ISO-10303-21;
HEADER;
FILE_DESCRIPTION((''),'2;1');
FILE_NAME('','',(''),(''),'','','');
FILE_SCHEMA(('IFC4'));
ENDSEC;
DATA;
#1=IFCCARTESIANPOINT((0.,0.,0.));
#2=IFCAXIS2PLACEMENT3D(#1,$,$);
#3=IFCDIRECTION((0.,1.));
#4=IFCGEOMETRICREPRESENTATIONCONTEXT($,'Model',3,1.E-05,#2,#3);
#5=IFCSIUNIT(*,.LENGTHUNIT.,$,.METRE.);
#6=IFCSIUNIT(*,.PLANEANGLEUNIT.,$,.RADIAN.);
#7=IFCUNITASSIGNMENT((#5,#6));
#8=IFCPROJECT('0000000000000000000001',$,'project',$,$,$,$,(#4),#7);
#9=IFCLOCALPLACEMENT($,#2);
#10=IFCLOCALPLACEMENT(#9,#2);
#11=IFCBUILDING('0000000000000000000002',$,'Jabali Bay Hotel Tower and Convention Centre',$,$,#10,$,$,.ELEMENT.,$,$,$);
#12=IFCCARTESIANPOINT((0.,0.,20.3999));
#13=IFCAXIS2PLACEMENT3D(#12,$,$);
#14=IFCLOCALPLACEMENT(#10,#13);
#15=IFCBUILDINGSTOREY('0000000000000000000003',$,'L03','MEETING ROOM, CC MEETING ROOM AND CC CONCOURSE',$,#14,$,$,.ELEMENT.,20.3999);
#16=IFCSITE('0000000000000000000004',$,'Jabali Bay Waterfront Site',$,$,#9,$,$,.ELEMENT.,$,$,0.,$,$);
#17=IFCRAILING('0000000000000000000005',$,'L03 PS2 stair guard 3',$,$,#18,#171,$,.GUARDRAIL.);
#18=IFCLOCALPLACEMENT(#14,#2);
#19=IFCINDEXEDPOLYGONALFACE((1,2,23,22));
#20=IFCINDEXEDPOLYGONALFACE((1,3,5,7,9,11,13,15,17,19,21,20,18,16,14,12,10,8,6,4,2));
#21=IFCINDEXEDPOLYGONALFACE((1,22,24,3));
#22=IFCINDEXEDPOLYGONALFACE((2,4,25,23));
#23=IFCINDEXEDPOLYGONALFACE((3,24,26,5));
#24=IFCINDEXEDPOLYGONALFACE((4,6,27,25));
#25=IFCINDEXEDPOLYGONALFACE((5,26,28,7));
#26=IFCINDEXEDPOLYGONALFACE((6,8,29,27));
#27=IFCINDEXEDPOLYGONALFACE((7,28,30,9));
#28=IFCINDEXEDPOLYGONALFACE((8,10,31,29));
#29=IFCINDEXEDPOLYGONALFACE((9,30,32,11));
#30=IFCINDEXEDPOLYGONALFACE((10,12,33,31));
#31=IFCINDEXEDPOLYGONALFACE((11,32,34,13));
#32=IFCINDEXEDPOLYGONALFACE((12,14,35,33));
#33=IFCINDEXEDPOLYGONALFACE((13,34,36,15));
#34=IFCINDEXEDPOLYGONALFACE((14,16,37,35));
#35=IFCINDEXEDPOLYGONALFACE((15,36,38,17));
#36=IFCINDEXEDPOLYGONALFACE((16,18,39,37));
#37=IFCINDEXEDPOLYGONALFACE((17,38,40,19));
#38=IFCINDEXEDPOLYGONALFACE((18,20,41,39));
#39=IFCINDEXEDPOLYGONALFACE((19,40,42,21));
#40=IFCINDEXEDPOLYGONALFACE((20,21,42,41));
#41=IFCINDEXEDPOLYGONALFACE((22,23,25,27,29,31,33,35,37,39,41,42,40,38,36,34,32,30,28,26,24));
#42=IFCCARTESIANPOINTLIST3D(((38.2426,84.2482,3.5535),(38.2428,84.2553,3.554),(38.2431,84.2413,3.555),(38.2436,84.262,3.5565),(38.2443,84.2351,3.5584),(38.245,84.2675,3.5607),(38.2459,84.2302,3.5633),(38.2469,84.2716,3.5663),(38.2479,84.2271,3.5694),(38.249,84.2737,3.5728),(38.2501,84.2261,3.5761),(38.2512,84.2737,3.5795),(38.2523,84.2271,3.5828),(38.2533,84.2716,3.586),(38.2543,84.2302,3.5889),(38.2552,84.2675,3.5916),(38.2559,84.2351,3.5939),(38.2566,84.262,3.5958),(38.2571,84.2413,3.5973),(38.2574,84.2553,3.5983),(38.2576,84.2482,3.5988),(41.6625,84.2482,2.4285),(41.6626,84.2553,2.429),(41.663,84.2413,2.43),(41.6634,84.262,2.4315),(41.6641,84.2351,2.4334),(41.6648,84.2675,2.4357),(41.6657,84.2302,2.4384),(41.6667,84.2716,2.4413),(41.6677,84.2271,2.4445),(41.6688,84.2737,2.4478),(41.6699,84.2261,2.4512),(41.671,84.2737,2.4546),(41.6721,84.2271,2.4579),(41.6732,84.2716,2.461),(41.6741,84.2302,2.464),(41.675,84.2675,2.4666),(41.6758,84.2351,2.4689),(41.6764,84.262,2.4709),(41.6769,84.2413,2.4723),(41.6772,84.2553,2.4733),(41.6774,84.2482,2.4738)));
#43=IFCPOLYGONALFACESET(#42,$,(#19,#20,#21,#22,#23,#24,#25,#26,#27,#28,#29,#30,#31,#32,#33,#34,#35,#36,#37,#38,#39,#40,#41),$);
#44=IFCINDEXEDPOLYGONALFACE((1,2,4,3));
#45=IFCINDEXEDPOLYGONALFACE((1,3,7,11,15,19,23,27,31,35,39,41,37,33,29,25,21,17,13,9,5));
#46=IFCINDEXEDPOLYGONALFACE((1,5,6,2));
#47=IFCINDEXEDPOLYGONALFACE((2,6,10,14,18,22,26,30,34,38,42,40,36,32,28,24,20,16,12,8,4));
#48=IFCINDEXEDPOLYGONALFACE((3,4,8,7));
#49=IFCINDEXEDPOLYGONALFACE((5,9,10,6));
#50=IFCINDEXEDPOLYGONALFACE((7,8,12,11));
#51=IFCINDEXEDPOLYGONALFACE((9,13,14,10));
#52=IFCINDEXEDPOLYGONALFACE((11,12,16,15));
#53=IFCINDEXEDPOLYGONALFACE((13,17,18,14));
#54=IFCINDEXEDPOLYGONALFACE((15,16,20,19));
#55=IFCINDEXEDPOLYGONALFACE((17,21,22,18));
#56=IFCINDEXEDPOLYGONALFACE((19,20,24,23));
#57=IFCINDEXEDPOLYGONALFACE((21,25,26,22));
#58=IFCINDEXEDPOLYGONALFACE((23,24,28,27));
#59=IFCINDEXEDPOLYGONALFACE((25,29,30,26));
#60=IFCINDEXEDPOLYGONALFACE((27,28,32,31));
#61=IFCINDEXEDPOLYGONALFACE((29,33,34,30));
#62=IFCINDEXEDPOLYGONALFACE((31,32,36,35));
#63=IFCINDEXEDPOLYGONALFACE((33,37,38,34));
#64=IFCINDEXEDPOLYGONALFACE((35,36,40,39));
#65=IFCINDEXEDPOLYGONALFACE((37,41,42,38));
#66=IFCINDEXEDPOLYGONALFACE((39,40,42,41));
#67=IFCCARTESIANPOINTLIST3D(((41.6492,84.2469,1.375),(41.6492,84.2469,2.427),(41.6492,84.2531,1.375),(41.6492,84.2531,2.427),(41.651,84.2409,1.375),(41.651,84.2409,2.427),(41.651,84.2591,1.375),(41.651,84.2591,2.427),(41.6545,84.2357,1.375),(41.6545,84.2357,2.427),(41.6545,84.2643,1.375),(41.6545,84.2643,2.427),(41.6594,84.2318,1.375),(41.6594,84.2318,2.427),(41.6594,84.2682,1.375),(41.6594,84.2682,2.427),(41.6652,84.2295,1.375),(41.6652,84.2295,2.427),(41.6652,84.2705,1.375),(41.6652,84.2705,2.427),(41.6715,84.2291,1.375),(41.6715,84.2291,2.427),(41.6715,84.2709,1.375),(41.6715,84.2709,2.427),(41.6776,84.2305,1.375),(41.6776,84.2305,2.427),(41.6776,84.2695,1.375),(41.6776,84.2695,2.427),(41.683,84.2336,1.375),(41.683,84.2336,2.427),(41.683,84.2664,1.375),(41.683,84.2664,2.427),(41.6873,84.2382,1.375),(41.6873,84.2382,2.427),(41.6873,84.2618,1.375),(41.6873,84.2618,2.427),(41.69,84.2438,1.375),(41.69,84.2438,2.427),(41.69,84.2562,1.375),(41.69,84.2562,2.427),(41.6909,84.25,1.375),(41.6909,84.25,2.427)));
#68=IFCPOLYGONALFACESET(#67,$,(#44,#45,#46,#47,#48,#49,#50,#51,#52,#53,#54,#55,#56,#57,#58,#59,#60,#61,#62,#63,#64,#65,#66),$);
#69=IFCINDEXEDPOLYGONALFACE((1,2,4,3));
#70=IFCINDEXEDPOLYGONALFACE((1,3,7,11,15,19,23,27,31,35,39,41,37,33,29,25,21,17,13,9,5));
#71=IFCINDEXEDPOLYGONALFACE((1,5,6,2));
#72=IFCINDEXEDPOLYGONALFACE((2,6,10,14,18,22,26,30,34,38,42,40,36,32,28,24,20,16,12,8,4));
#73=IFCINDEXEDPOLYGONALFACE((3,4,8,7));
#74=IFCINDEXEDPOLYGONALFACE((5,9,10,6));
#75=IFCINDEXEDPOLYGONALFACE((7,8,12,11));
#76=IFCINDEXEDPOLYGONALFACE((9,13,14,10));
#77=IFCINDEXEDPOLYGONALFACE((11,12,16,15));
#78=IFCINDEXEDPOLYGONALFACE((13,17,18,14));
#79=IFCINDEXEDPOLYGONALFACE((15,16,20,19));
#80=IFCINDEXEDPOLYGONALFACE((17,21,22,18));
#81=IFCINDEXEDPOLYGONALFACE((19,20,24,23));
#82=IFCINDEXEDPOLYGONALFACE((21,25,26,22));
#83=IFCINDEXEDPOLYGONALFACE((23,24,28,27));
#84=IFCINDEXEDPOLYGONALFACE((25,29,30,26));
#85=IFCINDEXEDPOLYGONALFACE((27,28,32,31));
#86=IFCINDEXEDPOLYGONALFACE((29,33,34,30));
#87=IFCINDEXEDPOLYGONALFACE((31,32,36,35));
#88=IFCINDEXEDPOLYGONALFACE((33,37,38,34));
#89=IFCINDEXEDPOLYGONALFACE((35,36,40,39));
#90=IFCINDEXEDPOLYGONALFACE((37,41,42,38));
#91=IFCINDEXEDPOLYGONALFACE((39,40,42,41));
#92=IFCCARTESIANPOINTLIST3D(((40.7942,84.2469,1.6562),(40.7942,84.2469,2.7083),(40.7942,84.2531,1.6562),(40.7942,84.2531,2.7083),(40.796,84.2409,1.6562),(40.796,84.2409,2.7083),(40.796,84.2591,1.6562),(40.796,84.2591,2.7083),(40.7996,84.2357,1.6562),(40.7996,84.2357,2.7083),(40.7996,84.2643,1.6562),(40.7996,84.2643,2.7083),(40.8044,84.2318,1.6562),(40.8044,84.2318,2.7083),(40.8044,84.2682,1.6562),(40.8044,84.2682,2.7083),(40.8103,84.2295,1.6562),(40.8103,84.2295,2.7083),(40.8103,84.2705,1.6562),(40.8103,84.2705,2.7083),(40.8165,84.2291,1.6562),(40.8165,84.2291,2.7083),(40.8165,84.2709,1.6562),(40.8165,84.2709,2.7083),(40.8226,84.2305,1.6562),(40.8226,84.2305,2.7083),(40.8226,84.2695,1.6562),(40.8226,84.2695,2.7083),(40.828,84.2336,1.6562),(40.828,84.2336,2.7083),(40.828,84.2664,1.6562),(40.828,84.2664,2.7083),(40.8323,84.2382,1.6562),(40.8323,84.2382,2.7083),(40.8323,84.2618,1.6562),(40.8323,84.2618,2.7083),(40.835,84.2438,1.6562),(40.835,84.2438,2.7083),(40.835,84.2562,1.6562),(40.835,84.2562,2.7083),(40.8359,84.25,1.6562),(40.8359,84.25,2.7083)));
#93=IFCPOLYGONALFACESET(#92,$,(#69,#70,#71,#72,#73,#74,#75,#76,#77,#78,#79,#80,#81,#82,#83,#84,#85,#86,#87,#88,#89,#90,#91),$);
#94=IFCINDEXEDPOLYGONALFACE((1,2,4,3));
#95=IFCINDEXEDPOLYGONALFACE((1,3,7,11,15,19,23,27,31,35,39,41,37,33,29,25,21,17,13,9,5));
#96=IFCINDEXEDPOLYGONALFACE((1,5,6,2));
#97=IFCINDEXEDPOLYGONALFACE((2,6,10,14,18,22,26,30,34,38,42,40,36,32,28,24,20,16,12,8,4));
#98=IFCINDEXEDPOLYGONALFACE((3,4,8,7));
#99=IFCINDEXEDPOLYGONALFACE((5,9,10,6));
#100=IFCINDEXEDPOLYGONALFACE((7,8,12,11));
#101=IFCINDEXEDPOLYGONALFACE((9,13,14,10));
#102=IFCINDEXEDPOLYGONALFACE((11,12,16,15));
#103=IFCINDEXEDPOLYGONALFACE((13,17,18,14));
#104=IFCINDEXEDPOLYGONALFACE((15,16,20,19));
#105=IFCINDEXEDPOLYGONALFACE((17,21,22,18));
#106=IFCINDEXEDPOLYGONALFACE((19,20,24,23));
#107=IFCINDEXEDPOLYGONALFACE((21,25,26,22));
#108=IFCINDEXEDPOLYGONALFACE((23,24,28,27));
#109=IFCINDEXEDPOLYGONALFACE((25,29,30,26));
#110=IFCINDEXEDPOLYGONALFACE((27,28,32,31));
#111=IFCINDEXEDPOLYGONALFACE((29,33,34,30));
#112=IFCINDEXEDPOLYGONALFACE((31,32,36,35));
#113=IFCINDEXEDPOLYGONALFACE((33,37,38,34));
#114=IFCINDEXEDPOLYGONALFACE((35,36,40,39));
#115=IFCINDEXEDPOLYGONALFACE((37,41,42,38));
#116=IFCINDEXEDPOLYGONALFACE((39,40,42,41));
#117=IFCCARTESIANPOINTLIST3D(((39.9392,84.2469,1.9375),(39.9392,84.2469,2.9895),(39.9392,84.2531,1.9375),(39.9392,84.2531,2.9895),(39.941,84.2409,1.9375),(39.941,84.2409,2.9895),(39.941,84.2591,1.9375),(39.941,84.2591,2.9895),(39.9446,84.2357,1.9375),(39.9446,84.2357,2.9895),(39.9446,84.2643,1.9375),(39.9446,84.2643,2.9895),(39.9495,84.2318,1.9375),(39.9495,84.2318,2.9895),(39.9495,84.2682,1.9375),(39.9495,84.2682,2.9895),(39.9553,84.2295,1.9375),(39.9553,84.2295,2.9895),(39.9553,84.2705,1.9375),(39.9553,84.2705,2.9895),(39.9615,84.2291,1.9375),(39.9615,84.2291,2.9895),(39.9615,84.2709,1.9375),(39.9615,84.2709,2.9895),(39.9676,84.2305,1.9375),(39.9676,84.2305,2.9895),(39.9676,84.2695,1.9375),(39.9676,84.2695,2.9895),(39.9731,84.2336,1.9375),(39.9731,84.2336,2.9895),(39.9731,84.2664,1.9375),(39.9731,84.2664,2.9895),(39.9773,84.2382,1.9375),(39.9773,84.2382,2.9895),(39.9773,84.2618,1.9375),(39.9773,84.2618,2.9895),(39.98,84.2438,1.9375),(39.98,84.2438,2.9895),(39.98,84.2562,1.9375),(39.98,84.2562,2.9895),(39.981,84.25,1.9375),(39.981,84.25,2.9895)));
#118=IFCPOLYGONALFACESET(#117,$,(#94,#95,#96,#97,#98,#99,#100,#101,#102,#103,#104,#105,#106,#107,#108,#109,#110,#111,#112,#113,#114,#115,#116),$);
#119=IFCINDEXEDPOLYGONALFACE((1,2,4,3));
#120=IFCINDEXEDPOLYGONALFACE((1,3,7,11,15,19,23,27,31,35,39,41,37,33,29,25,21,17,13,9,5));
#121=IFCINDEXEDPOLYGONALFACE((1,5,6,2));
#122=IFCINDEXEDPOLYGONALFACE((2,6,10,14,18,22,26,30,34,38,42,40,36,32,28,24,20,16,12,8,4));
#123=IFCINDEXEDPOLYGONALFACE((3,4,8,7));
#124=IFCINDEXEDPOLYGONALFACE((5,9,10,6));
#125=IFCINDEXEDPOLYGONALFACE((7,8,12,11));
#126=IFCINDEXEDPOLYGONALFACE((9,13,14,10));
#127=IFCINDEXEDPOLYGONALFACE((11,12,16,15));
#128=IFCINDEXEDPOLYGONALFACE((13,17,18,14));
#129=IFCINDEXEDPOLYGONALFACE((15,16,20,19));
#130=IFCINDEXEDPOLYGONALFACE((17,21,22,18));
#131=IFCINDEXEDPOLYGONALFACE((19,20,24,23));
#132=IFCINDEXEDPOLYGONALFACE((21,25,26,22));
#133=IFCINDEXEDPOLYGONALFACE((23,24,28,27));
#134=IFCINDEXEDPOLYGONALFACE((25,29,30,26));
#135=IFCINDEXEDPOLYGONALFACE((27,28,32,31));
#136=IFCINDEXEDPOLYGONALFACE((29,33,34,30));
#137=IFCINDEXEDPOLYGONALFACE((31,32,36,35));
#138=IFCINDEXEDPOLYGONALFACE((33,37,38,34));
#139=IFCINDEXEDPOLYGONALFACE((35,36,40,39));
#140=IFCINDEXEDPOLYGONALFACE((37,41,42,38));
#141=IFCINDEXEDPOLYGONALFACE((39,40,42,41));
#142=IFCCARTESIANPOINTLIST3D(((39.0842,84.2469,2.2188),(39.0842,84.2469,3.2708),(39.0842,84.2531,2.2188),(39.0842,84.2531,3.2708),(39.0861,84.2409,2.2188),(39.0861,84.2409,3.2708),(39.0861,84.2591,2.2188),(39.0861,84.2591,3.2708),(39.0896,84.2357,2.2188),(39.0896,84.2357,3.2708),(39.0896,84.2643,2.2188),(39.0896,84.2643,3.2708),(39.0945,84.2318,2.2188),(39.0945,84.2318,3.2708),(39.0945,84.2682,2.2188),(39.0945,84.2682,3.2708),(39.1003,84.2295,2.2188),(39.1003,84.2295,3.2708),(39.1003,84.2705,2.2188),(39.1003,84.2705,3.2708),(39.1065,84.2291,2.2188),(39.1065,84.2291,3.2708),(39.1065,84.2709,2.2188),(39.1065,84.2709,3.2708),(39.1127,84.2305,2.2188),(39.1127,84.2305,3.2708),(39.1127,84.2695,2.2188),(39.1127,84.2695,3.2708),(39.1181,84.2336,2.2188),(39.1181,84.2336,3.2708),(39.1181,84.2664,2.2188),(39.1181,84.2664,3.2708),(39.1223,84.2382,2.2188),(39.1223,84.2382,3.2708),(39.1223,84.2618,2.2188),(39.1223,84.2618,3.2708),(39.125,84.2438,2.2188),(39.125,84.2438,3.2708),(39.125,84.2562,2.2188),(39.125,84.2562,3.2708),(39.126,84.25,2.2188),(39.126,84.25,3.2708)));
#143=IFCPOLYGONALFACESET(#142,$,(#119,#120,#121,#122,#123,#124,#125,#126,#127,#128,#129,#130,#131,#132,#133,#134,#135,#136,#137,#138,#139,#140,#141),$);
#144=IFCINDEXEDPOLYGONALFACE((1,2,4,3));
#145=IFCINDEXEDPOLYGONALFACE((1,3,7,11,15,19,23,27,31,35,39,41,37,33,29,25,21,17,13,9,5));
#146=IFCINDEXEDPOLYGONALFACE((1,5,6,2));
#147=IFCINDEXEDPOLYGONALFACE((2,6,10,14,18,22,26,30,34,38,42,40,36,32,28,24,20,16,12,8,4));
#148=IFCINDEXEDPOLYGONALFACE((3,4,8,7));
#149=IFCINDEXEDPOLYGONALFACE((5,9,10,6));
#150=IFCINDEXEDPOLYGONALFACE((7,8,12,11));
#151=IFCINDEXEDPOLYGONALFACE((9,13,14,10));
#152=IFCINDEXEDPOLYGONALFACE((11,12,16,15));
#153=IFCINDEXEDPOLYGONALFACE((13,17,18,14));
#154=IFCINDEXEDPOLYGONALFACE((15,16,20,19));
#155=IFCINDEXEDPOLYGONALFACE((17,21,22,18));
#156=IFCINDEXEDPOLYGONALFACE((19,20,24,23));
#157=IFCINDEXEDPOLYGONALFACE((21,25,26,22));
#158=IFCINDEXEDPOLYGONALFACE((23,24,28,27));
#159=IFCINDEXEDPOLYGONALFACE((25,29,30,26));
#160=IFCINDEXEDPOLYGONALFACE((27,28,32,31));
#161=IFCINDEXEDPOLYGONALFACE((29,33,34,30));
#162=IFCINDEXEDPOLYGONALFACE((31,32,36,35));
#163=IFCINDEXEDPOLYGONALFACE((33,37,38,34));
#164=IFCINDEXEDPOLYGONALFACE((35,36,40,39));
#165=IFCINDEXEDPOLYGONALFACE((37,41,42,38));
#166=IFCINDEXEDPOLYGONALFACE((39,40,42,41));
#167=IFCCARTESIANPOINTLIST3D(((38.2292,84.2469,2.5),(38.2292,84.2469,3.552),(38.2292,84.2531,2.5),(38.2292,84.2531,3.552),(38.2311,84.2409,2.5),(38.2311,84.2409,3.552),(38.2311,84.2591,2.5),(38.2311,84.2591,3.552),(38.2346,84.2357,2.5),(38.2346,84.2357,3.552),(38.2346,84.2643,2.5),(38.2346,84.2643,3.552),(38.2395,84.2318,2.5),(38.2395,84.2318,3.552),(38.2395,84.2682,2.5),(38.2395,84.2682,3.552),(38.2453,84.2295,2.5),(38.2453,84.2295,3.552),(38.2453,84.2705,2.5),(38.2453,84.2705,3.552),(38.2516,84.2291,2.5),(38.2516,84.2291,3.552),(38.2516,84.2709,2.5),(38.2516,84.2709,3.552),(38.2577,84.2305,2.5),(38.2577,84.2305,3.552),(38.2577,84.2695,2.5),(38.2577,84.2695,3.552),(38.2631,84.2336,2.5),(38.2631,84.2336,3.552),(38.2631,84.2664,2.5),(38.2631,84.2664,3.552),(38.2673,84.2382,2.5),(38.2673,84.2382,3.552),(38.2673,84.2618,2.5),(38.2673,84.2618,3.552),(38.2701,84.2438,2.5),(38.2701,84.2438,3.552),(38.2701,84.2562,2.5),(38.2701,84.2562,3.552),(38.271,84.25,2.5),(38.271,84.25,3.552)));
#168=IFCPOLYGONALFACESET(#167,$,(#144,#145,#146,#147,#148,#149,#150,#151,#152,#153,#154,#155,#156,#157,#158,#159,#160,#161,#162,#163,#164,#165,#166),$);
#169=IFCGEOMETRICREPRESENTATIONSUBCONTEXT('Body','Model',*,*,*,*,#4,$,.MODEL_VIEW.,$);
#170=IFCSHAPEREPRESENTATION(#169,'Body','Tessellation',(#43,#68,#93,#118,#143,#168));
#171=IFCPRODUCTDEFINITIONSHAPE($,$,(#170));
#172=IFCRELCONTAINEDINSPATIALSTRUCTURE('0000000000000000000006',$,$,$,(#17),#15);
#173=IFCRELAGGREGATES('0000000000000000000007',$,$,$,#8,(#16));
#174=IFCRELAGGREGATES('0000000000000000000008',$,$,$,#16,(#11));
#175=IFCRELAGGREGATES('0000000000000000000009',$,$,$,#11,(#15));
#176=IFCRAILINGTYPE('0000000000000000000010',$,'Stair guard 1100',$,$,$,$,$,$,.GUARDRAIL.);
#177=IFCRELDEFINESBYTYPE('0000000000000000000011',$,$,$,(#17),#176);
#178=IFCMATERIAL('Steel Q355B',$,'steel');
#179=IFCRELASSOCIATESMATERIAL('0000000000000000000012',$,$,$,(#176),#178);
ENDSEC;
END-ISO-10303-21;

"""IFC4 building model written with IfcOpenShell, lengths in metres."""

from ifc_helpers import new_model, si_unit, direction, frame, origin, origin_2d, place, context, subcontext, project, spatial, circle, extrude, material, type_object, element, save


model = new_model("IFC4")

# Units and contexts
model_context = context("Model", 3, precision=1e-05, world=origin(), true_north=direction((0.0, 1.0)))
body_context = subcontext(model_context, "Body", "Model", "MODEL_VIEW")
ifc_project = project(units=[si_unit("LENGTHUNIT", "METRE"), si_unit("PLANEANGLEUNIT", "RADIAN")], contexts=[model_context])

# Site, building, storey
site_placement = place(None, origin())
site = spatial("IfcSite", under=ifc_project, at=site_placement, Name="Jabali Bay Waterfront Site", CompositionType="ELEMENT", RefElevation=0.0)
building_placement = place(site_placement, origin())
building = spatial("IfcBuilding", under=site, at=building_placement, Name="Jabali Bay Hotel Tower and Convention Centre", CompositionType="ELEMENT")
storey_placement = place(building_placement, frame((0.0, 0.0, 20.3999)))
storey = spatial("IfcBuildingStorey", under=building, at=storey_placement, Name="L03", Description="MEETING ROOM, CC MEETING ROOM AND CC CONCOURSE", CompositionType="ELEMENT", Elevation=20.3999)

# Railing
ifc_material_1 = material(Name="Steel Q355B", Category="steel")
railing_type_1 = type_object("IfcRailingType", Name="Stair guard 1100", PredefinedType="GUARDRAIL", material=ifc_material_1)
railing_1_placement = place(storey_placement, frame((41.6699, 84.25, 1.375)))
element("IfcRailing", 1, at=railing_1_placement, inside=storey, type_object=railing_type_1, Name="L03 PS2 stair guard 3", PredefinedType="GUARDRAIL", context=body_context, shape_type="SweptSolid", body=[
    extrude(circle(Radius=0.0239, at=origin_2d()), frame((0.0, 0.0, 1.0762), z_axis=(-0.949924, 0.0, 0.312482), x_axis=(0.0, -1.0, 0.0)), (0.0, 0.0, 1.0), 3.6001),
    extrude(circle(Radius=0.021, at=origin_2d()), origin(), (0.0, 0.0, 1.0), 1.052),
    extrude(circle(Radius=0.021, at=origin_2d()), frame((-0.855, 0.0, 0.2812)), (0.0, 0.0, 1.0), 1.052),
    extrude(circle(Radius=0.021, at=origin_2d()), frame((-1.71, 0.0, 0.5625)), (0.0, 0.0, 1.0), 1.052),
    extrude(circle(Radius=0.021, at=origin_2d()), frame((-2.5649, 0.0, 0.8438)), (0.0, 0.0, 1.0), 1.052),
    extrude(circle(Radius=0.021, at=origin_2d()), frame((-3.4199, 0.0, 1.125)), (0.0, 0.0, 1.0), 1.052),
])

save(model, "model.ifc")
